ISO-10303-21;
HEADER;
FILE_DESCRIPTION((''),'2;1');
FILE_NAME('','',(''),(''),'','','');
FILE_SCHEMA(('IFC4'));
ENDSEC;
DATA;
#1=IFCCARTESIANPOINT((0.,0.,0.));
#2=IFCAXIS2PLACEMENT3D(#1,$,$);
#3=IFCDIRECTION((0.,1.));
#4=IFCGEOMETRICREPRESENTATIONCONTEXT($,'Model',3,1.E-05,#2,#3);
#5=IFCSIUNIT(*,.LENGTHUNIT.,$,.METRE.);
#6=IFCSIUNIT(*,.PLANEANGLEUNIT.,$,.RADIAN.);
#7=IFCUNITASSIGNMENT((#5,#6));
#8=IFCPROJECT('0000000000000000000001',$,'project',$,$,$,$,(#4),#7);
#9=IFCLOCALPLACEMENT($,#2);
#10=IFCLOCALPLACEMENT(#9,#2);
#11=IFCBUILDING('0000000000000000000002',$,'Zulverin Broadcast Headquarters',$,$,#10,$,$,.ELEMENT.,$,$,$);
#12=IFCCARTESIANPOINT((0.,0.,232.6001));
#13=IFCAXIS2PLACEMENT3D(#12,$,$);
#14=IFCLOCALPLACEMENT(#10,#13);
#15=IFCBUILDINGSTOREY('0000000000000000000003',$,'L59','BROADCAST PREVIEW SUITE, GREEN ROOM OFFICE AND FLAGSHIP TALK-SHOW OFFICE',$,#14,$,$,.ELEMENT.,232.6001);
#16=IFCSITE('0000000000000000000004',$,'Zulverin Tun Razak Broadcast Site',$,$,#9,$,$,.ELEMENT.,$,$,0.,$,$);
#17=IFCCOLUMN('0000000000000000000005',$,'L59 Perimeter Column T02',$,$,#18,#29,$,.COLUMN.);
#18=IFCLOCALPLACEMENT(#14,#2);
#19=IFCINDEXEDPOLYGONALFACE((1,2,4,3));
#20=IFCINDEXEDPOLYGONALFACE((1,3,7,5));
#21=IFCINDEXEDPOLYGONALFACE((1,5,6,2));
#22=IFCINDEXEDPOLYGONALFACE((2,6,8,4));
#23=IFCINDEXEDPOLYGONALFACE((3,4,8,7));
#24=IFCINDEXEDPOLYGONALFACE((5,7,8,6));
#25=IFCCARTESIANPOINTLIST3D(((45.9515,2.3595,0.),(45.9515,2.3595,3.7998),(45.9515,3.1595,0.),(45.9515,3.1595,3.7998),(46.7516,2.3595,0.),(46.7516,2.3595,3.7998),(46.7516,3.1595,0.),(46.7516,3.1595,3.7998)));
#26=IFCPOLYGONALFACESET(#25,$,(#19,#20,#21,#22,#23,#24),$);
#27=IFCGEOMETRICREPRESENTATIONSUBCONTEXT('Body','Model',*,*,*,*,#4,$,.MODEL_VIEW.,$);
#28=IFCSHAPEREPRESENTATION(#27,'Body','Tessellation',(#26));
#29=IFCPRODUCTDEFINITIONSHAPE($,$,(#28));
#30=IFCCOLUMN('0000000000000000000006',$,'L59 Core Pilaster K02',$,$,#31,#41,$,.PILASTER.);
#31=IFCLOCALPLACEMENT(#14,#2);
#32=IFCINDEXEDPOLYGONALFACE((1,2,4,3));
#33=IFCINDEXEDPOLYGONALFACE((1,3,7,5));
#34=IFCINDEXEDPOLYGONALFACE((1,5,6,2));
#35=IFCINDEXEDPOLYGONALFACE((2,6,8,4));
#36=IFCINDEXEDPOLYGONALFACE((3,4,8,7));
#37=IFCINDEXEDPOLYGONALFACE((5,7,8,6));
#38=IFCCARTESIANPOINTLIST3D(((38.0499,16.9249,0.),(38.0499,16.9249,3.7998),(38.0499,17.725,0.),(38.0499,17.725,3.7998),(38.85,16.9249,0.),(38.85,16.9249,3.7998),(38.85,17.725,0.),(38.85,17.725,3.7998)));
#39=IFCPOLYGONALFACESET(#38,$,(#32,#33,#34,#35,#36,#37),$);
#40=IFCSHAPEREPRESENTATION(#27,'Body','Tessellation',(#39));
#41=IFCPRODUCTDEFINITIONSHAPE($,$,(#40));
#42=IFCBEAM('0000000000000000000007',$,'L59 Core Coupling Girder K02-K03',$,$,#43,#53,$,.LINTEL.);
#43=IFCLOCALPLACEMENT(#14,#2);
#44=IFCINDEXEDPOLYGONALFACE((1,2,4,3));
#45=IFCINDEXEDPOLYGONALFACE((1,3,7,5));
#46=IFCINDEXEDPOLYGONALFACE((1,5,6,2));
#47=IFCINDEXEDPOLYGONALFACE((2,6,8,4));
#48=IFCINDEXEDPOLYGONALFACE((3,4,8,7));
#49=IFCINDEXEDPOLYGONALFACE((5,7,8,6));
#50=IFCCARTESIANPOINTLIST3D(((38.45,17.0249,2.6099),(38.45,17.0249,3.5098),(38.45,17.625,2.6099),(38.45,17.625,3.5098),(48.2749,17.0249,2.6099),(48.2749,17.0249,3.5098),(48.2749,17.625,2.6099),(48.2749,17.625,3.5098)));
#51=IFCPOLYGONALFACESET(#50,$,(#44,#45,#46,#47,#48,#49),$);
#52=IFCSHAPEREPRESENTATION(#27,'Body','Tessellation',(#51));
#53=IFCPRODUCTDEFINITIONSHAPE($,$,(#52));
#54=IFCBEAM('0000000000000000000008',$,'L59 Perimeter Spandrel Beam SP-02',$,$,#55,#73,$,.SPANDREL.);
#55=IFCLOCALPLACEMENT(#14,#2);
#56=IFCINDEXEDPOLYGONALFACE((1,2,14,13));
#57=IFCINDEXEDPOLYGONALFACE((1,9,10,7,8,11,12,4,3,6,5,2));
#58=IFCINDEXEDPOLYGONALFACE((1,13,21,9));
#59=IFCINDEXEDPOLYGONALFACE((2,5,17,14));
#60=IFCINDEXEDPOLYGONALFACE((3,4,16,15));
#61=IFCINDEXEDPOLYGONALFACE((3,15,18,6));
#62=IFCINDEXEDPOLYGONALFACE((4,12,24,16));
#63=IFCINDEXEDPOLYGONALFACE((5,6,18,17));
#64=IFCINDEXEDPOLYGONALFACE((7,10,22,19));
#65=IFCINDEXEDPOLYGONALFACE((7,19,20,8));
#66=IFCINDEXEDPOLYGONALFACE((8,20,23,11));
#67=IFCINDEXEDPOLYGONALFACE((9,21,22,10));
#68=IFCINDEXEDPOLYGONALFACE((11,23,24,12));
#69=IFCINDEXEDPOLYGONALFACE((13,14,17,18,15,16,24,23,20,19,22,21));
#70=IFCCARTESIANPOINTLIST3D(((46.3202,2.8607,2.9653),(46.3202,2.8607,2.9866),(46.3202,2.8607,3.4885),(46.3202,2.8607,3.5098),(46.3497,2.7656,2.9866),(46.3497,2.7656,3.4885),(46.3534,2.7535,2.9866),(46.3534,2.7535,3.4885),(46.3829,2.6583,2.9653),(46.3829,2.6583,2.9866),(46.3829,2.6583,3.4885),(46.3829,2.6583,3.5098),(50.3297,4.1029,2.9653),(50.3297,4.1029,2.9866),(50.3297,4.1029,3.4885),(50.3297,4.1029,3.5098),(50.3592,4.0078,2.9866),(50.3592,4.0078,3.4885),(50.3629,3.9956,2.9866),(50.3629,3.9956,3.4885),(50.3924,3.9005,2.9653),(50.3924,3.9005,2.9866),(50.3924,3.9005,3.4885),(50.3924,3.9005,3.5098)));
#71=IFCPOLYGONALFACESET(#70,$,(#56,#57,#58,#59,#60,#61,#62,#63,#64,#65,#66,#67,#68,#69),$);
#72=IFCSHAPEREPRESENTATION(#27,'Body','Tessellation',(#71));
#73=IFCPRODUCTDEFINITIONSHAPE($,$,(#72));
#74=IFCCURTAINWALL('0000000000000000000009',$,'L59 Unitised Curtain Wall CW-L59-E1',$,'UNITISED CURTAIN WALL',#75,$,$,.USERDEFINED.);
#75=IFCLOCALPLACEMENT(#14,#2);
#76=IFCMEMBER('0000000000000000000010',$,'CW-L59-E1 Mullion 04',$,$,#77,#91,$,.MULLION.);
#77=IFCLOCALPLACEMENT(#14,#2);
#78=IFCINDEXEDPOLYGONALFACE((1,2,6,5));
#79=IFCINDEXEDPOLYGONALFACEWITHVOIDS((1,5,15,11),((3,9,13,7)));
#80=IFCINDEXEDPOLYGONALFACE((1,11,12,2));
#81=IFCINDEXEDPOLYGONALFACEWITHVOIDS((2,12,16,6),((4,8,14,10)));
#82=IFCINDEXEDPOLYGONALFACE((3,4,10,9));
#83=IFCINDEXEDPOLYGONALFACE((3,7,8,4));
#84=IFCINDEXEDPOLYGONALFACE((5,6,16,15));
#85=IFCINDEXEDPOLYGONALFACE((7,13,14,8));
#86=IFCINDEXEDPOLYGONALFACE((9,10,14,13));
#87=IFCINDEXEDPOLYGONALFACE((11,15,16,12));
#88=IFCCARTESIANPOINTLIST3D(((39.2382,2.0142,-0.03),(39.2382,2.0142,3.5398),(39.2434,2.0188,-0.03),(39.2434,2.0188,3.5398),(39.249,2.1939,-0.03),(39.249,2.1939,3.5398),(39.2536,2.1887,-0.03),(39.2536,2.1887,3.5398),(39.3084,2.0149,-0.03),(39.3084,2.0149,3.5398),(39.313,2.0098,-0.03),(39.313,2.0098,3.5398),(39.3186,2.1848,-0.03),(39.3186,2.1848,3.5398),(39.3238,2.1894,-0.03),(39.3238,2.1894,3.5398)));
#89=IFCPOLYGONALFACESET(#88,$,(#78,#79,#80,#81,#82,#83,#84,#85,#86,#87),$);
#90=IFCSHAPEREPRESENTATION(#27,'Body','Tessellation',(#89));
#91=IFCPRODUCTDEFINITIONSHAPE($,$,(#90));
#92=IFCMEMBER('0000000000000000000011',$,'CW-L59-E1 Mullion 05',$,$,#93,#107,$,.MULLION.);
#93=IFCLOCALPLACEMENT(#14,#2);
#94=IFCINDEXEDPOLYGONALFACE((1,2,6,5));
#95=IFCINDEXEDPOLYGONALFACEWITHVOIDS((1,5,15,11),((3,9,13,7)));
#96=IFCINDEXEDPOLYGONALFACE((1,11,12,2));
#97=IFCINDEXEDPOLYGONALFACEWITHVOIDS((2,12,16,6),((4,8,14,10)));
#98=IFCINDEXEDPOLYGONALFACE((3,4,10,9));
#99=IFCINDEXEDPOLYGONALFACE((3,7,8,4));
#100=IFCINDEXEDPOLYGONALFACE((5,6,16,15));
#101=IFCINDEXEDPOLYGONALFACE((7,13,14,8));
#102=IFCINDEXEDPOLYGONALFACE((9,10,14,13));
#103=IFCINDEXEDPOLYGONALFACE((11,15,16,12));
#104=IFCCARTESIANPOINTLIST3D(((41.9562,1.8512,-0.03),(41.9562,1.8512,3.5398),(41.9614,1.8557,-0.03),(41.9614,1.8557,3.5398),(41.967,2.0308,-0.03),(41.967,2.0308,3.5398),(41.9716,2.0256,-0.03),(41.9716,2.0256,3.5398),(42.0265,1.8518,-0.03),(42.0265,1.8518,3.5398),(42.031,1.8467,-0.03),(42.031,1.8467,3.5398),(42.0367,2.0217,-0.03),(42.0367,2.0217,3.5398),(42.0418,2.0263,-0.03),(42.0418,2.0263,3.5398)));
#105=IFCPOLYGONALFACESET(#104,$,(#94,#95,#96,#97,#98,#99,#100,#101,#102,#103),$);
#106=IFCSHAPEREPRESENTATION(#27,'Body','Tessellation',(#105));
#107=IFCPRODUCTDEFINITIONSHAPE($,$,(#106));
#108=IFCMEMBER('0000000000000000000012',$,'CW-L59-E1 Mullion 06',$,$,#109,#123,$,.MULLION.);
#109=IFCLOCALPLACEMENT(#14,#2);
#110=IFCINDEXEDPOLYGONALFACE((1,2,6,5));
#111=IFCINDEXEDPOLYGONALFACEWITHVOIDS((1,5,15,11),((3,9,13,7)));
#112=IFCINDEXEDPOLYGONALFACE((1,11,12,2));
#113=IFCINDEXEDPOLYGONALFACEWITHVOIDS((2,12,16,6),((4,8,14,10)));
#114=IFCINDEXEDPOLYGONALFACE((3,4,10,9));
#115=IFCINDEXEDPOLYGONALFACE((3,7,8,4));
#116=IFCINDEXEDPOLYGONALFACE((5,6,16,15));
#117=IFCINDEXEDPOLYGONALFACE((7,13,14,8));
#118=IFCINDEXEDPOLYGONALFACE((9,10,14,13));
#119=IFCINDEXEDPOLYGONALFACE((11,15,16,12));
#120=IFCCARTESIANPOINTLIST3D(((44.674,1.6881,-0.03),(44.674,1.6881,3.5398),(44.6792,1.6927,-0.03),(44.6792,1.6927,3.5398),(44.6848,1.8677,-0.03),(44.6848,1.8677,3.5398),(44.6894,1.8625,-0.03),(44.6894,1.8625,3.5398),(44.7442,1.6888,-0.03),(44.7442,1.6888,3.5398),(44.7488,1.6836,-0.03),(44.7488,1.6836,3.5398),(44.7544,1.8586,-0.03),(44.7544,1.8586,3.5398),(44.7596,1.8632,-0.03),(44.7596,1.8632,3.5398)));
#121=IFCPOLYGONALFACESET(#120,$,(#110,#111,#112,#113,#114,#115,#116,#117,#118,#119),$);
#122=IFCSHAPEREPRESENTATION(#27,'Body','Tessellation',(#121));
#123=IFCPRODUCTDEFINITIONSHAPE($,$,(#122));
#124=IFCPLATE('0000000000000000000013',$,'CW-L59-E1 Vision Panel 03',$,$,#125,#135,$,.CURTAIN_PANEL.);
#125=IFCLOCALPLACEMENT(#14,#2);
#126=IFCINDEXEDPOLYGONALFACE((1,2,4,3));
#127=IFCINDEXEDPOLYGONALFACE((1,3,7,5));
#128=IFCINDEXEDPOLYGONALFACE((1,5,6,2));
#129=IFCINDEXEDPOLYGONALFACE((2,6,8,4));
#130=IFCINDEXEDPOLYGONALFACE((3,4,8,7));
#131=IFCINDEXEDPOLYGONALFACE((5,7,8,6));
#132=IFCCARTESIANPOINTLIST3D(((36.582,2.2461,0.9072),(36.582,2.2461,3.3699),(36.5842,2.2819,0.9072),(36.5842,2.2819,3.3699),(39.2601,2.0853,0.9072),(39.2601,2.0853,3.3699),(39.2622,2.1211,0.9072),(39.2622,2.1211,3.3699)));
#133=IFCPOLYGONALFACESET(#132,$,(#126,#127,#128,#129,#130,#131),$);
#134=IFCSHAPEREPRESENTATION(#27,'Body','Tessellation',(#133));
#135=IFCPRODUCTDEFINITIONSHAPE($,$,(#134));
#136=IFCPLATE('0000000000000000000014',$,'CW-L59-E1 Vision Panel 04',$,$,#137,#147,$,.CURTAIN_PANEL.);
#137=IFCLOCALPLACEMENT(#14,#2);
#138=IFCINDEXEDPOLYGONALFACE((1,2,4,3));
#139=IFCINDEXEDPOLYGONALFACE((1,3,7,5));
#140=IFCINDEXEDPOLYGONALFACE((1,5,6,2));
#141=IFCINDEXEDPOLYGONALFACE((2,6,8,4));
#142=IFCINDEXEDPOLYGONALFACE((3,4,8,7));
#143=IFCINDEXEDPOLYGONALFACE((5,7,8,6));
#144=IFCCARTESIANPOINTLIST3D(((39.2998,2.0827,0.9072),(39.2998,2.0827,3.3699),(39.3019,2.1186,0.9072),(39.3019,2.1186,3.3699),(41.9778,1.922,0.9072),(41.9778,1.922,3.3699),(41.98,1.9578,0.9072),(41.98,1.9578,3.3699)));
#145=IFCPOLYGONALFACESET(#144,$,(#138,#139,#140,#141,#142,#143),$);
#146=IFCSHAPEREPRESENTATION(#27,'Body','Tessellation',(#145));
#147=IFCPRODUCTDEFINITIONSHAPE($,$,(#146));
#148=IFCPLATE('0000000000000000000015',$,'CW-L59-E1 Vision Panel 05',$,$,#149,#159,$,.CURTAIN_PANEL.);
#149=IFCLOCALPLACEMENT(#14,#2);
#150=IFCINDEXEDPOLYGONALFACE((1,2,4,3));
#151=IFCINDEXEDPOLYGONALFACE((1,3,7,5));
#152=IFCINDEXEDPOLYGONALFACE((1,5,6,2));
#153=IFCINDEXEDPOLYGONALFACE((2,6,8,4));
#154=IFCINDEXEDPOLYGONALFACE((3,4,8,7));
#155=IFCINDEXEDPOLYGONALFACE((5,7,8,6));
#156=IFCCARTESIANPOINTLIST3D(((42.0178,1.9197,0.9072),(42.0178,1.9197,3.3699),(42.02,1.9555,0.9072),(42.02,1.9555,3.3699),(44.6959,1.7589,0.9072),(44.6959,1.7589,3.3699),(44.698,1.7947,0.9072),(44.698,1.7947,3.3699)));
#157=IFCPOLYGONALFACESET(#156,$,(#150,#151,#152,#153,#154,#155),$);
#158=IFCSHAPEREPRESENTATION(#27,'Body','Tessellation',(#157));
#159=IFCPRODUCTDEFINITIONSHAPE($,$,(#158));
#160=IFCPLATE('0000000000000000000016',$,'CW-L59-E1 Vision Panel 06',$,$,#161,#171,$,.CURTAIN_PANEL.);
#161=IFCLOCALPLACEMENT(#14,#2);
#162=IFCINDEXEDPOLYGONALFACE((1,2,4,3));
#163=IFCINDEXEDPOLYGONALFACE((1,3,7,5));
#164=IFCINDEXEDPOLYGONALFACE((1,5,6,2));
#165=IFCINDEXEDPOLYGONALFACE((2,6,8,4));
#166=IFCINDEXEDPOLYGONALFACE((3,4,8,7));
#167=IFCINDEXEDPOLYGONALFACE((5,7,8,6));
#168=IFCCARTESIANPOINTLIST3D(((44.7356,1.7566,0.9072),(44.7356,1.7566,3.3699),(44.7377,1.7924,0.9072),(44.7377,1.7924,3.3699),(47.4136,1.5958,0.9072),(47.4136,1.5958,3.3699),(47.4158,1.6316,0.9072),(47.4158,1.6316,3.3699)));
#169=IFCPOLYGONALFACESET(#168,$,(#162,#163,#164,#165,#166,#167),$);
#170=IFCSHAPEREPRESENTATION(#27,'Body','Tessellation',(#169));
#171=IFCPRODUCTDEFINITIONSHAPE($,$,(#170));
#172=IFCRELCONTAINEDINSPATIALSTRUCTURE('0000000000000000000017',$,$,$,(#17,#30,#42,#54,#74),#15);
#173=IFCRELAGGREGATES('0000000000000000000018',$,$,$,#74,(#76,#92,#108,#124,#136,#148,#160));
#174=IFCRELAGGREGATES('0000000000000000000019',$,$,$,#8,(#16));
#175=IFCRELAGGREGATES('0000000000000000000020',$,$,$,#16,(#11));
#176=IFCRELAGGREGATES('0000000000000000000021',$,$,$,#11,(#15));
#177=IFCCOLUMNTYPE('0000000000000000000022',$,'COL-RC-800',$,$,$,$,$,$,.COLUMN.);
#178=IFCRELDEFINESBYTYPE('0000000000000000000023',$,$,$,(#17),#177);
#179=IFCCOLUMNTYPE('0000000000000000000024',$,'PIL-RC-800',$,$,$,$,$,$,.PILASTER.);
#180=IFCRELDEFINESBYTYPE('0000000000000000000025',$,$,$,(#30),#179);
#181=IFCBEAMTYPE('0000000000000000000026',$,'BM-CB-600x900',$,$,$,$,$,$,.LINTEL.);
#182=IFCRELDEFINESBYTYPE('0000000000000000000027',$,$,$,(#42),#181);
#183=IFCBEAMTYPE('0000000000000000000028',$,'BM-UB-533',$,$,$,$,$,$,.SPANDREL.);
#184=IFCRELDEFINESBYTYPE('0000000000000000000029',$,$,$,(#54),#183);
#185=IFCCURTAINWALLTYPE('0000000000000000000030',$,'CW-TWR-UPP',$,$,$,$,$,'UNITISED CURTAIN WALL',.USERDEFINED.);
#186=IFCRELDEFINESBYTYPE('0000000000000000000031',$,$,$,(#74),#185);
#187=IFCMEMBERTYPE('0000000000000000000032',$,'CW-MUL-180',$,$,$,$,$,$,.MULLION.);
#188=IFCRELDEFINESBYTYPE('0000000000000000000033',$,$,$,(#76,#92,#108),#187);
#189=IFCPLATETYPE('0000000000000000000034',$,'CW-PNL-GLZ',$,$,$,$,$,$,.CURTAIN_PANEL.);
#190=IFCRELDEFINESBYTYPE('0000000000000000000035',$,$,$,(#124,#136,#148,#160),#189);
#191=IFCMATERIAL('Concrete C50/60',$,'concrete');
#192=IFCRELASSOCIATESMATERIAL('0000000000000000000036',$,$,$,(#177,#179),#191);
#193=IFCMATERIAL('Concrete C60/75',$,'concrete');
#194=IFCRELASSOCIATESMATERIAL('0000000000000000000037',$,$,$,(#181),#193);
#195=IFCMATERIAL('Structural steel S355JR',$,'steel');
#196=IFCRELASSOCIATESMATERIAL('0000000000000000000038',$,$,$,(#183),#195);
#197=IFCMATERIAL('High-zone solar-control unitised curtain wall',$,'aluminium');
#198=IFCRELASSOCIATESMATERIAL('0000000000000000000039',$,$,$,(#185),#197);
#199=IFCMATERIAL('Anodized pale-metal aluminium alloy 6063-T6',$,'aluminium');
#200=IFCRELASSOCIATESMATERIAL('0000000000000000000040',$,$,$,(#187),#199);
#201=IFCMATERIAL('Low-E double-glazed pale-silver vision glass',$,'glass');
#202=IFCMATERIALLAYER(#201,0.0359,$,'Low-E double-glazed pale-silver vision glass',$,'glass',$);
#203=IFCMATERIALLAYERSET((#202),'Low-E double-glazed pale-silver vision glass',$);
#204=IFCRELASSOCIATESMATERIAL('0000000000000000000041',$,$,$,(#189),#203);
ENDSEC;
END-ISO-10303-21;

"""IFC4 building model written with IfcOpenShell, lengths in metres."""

from ifc_helpers import new_model, si_unit, direction, frame, origin, origin_2d, place, context, subcontext, project, spatial, rectangle, hollow_rectangle, i_section, extrude, material, layer, layer_set, material_profile, profile_set, type_object, element, aggregate, save


model = new_model("IFC4")

# Units and contexts
model_context = context("Model", 3, precision=1e-05, world=origin(), true_north=direction((0.0, 1.0)))
body_context = subcontext(model_context, "Body", "Model", "MODEL_VIEW")
ifc_project = project(units=[si_unit("LENGTHUNIT", "METRE"), si_unit("PLANEANGLEUNIT", "RADIAN")], contexts=[model_context])

# Site, building, storey
site_placement = place(None, origin())
site = spatial("IfcSite", under=ifc_project, at=site_placement, Name="Zulverin Tun Razak Broadcast Site", CompositionType="ELEMENT", RefElevation=0.0)
building_placement = place(site_placement, origin())
building = spatial("IfcBuilding", under=site, at=building_placement, Name="Zulverin Broadcast Headquarters", CompositionType="ELEMENT")
storey_placement = place(building_placement, frame((0.0, 0.0, 232.6001)))
storey = spatial("IfcBuildingStorey", under=building, at=storey_placement, Name="L59", Description="BROADCAST PREVIEW SUITE, GREEN ROOM OFFICE AND FLAGSHIP TALK-SHOW OFFICE", CompositionType="ELEMENT", Elevation=232.6001)

# Columns
ifc_material_1 = material(Name="Concrete C50/60", Category="concrete")
ifc_material_profile_1 = material_profile(ifc_material_1, rectangle(XDim=0.8, YDim=0.8, at=origin_2d()), Name="Concrete C50/60", Category="concrete")
ifc_profile_set_1 = profile_set([ifc_material_profile_1], Name="Concrete C50/60")
column_type_1 = type_object("IfcColumnType", Name="COL-RC-800", PredefinedType="COLUMN", material=ifc_profile_set_1)
column_1_placement = place(storey_placement, frame((46.3516, 2.7595, 0.0), z_axis=(0.0, 0.0, 1.0), x_axis=(1.0, 0.0, 0.0)))
element("IfcColumn", 1, at=column_1_placement, inside=storey, type_object=column_type_1, Name="L59 Perimeter Column T02", PredefinedType="COLUMN", context=body_context, shape_type="SweptSolid", body=[
    extrude(rectangle(XDim=0.8, YDim=0.8, at=origin_2d()), origin(), (0.0, 0.0, 1.0), 3.7998),
])
ifc_material_profile_2 = material_profile(ifc_material_1, rectangle(XDim=0.8, YDim=0.8, at=origin_2d()), Name="Concrete C50/60", Category="concrete")
ifc_profile_set_2 = profile_set([ifc_material_profile_2], Name="Concrete C50/60")
column_type_2 = type_object("IfcColumnType", Name="PIL-RC-800", PredefinedType="PILASTER", material=ifc_profile_set_2)
column_2_placement = place(storey_placement, frame((38.45, 17.325, 0.0), z_axis=(0.0, 0.0, 1.0), x_axis=(1.0, 0.0, 0.0)))
element("IfcColumn", 2, at=column_2_placement, inside=storey, type_object=column_type_2, Name="L59 Core Pilaster K02", PredefinedType="PILASTER", context=body_context, shape_type="SweptSolid", body=[
    extrude(rectangle(XDim=0.8, YDim=0.8, at=origin_2d()), origin(), (0.0, 0.0, 1.0), 3.7998),
])

# Beams
ifc_material_2 = material(Name="Concrete C60/75", Category="concrete")
ifc_material_profile_3 = material_profile(ifc_material_2, rectangle(XDim=0.6001, YDim=0.8999, at=origin_2d()), Name="Concrete C60/75", Category="concrete")
ifc_profile_set_3 = profile_set([ifc_material_profile_3], Name="Concrete C60/75")
beam_type_1 = type_object("IfcBeamType", Name="BM-CB-600x900", PredefinedType="LINTEL", material=ifc_profile_set_3)
beam_1_placement = place(storey_placement, frame((38.45, 17.325, 3.0598), z_axis=(1.0, 0.0, 0.0), x_axis=(0.0, 1.0, 0.0)))
element("IfcBeam", 3, at=beam_1_placement, inside=storey, type_object=beam_type_1, Name="L59 Core Coupling Girder K02-K03", PredefinedType="LINTEL", context=body_context, shape_type="SweptSolid", body=[
    extrude(rectangle(XDim=0.6001, YDim=0.8999, at=origin_2d()), origin(), (0.0, 0.0, 1.0), 9.825),
])
ifc_material_3 = material(Name="Structural steel S355JR", Category="steel")
ifc_material_profile_4 = material_profile(ifc_material_3, i_section(OverallWidth=0.2119, OverallDepth=0.5444, WebThickness=0.0127, FlangeThickness=0.0212, at=origin_2d()), Name="Structural steel S355JR", Category="steel")
ifc_profile_set_4 = profile_set([ifc_material_profile_4], Name="Structural steel S355JR")
beam_type_2 = type_object("IfcBeamType", Name="BM-UB-533", PredefinedType="SPANDREL", material=ifc_profile_set_4)
beam_2_placement = place(storey_placement, frame((46.3516, 2.7595, 3.2375), z_axis=(0.955209, 0.295933, 0.0), x_axis=(-0.295933, 0.955209, 0.0)))
element("IfcBeam", 4, at=beam_2_placement, inside=storey, type_object=beam_type_2, Name="L59 Perimeter Spandrel Beam SP-02", PredefinedType="SPANDREL", context=body_context, shape_type="SweptSolid", body=[
    extrude(i_section(OverallWidth=0.2119, OverallDepth=0.5444, WebThickness=0.0127, FlangeThickness=0.0212, at=origin_2d()), origin(), (0.0, 0.0, 1.0), 4.1975),
])

# Curtain wall, members, plates
ifc_material_4 = material(Name="High-zone solar-control unitised curtain wall", Category="aluminium")
curtain_wall_type = type_object("IfcCurtainWallType", Name="CW-TWR-UPP", ElementType="UNITISED CURTAIN WALL", PredefinedType="USERDEFINED", material=ifc_material_4)
curtain_wall_placement = place(storey_placement, origin())
curtain_wall = element("IfcCurtainWall", 5, at=curtain_wall_placement, inside=storey, type_object=curtain_wall_type, Name="L59 Unitised Curtain Wall CW-L59-E1", ObjectType="UNITISED CURTAIN WALL", PredefinedType="USERDEFINED")
ifc_material_5 = material(Name="Anodized pale-metal aluminium alloy 6063-T6", Category="aluminium")
ifc_material_profile_5 = material_profile(ifc_material_5, hollow_rectangle(XDim=0.075, YDim=0.1799, WallThickness=0.0049, at=origin_2d()), Name="Anodized pale-metal aluminium alloy 6063-T6", Category="aluminium")
ifc_profile_set_5 = profile_set([ifc_material_profile_5], Name="Anodized pale-metal aluminium alloy 6063-T6")
member_type = type_object("IfcMemberType", Name="CW-MUL-180", PredefinedType="MULLION", material=ifc_profile_set_5)
member_1_placement = place(storey_placement, frame((39.281, 2.1018, -0.03), z_axis=(0.0, 0.0, 1.0), x_axis=(0.998203, -0.059928, 0.0)))
member_1 = element("IfcMember", 6, at=member_1_placement, type_object=member_type, Name="CW-L59-E1 Mullion 04", PredefinedType="MULLION", context=body_context, shape_type="SweptSolid", body=[
    extrude(hollow_rectangle(XDim=0.075, YDim=0.1799, WallThickness=0.0049, at=origin_2d()), origin(), (0.0, 0.0, 1.0), 3.5698),
])
member_2_placement = place(storey_placement, frame((41.999, 1.9387, -0.03), z_axis=(0.0, 0.0, 1.0), x_axis=(0.998203, -0.059928, 0.0)))
member_2 = element("IfcMember", 7, at=member_2_placement, type_object=member_type, Name="CW-L59-E1 Mullion 05", PredefinedType="MULLION", context=body_context, shape_type="SweptSolid", body=[
    extrude(hollow_rectangle(XDim=0.075, YDim=0.1799, WallThickness=0.0049, at=origin_2d()), origin(), (0.0, 0.0, 1.0), 3.5698),
])
member_3_placement = place(storey_placement, frame((44.7168, 1.7756, -0.03), z_axis=(0.0, 0.0, 1.0), x_axis=(0.998203, -0.059928, 0.0)))
member_3 = element("IfcMember", 8, at=member_3_placement, type_object=member_type, Name="CW-L59-E1 Mullion 06", PredefinedType="MULLION", context=body_context, shape_type="SweptSolid", body=[
    extrude(hollow_rectangle(XDim=0.075, YDim=0.1799, WallThickness=0.0049, at=origin_2d()), origin(), (0.0, 0.0, 1.0), 3.5698),
])
ifc_material_6 = material(Name="Low-E double-glazed pale-silver vision glass", Category="glass")
ifc_layer_1 = layer(ifc_material_6, 0.0359, Name="Low-E double-glazed pale-silver vision glass", Category="glass")
ifc_layer_set_1 = layer_set([ifc_layer_1], Name="Low-E double-glazed pale-silver vision glass")
plate_type_1 = type_object("IfcPlateType", Name="CW-PNL-GLZ", PredefinedType="CURTAIN_PANEL", material=ifc_layer_set_1)
plate_1_placement = place(storey_placement, frame((37.9221, 2.1836, 0.9072), z_axis=(0.0, 0.0, 1.0), x_axis=(0.998203, -0.059928, 0.0)))
plate_1 = element("IfcPlate", 9, at=plate_1_placement, type_object=plate_type_1, Name="CW-L59-E1 Vision Panel 03", PredefinedType="CURTAIN_PANEL", context=body_context, shape_type="SweptSolid", body=[
    extrude(rectangle(XDim=2.6829, YDim=0.0359, at=origin_2d()), origin(), (0.0, 0.0, 1.0), 2.4626),
])
plate_2_placement = place(storey_placement, frame((40.6399, 2.0203, 0.9072), z_axis=(0.0, 0.0, 1.0), x_axis=(0.998203, -0.059928, 0.0)))
plate_2 = element("IfcPlate", 10, at=plate_2_placement, type_object=plate_type_1, Name="CW-L59-E1 Vision Panel 04", PredefinedType="CURTAIN_PANEL", context=body_context, shape_type="SweptSolid", body=[
    extrude(rectangle(XDim=2.6829, YDim=0.0359, at=origin_2d()), origin(), (0.0, 0.0, 1.0), 2.4626),
])
plate_3_placement = place(storey_placement, frame((43.3579, 1.8572, 0.9072), z_axis=(0.0, 0.0, 1.0), x_axis=(0.998203, -0.059928, 0.0)))
plate_3 = element("IfcPlate", 11, at=plate_3_placement, type_object=plate_type_1, Name="CW-L59-E1 Vision Panel 05", PredefinedType="CURTAIN_PANEL", context=body_context, shape_type="SweptSolid", body=[
    extrude(rectangle(XDim=2.6829, YDim=0.0359, at=origin_2d()), origin(), (0.0, 0.0, 1.0), 2.4626),
])
plate_4_placement = place(storey_placement, frame((46.0757, 1.6941, 0.9072), z_axis=(0.0, 0.0, 1.0), x_axis=(0.998203, -0.059928, 0.0)))
plate_4 = element("IfcPlate", 12, at=plate_4_placement, type_object=plate_type_1, Name="CW-L59-E1 Vision Panel 06", PredefinedType="CURTAIN_PANEL", context=body_context, shape_type="SweptSolid", body=[
    extrude(rectangle(XDim=2.6829, YDim=0.0359, at=origin_2d()), origin(), (0.0, 0.0, 1.0), 2.4626),
])
aggregate(curtain_wall, [member_1, member_2, member_3, plate_1, plate_2, plate_3, plate_4])

save(model, "model.ifc")
